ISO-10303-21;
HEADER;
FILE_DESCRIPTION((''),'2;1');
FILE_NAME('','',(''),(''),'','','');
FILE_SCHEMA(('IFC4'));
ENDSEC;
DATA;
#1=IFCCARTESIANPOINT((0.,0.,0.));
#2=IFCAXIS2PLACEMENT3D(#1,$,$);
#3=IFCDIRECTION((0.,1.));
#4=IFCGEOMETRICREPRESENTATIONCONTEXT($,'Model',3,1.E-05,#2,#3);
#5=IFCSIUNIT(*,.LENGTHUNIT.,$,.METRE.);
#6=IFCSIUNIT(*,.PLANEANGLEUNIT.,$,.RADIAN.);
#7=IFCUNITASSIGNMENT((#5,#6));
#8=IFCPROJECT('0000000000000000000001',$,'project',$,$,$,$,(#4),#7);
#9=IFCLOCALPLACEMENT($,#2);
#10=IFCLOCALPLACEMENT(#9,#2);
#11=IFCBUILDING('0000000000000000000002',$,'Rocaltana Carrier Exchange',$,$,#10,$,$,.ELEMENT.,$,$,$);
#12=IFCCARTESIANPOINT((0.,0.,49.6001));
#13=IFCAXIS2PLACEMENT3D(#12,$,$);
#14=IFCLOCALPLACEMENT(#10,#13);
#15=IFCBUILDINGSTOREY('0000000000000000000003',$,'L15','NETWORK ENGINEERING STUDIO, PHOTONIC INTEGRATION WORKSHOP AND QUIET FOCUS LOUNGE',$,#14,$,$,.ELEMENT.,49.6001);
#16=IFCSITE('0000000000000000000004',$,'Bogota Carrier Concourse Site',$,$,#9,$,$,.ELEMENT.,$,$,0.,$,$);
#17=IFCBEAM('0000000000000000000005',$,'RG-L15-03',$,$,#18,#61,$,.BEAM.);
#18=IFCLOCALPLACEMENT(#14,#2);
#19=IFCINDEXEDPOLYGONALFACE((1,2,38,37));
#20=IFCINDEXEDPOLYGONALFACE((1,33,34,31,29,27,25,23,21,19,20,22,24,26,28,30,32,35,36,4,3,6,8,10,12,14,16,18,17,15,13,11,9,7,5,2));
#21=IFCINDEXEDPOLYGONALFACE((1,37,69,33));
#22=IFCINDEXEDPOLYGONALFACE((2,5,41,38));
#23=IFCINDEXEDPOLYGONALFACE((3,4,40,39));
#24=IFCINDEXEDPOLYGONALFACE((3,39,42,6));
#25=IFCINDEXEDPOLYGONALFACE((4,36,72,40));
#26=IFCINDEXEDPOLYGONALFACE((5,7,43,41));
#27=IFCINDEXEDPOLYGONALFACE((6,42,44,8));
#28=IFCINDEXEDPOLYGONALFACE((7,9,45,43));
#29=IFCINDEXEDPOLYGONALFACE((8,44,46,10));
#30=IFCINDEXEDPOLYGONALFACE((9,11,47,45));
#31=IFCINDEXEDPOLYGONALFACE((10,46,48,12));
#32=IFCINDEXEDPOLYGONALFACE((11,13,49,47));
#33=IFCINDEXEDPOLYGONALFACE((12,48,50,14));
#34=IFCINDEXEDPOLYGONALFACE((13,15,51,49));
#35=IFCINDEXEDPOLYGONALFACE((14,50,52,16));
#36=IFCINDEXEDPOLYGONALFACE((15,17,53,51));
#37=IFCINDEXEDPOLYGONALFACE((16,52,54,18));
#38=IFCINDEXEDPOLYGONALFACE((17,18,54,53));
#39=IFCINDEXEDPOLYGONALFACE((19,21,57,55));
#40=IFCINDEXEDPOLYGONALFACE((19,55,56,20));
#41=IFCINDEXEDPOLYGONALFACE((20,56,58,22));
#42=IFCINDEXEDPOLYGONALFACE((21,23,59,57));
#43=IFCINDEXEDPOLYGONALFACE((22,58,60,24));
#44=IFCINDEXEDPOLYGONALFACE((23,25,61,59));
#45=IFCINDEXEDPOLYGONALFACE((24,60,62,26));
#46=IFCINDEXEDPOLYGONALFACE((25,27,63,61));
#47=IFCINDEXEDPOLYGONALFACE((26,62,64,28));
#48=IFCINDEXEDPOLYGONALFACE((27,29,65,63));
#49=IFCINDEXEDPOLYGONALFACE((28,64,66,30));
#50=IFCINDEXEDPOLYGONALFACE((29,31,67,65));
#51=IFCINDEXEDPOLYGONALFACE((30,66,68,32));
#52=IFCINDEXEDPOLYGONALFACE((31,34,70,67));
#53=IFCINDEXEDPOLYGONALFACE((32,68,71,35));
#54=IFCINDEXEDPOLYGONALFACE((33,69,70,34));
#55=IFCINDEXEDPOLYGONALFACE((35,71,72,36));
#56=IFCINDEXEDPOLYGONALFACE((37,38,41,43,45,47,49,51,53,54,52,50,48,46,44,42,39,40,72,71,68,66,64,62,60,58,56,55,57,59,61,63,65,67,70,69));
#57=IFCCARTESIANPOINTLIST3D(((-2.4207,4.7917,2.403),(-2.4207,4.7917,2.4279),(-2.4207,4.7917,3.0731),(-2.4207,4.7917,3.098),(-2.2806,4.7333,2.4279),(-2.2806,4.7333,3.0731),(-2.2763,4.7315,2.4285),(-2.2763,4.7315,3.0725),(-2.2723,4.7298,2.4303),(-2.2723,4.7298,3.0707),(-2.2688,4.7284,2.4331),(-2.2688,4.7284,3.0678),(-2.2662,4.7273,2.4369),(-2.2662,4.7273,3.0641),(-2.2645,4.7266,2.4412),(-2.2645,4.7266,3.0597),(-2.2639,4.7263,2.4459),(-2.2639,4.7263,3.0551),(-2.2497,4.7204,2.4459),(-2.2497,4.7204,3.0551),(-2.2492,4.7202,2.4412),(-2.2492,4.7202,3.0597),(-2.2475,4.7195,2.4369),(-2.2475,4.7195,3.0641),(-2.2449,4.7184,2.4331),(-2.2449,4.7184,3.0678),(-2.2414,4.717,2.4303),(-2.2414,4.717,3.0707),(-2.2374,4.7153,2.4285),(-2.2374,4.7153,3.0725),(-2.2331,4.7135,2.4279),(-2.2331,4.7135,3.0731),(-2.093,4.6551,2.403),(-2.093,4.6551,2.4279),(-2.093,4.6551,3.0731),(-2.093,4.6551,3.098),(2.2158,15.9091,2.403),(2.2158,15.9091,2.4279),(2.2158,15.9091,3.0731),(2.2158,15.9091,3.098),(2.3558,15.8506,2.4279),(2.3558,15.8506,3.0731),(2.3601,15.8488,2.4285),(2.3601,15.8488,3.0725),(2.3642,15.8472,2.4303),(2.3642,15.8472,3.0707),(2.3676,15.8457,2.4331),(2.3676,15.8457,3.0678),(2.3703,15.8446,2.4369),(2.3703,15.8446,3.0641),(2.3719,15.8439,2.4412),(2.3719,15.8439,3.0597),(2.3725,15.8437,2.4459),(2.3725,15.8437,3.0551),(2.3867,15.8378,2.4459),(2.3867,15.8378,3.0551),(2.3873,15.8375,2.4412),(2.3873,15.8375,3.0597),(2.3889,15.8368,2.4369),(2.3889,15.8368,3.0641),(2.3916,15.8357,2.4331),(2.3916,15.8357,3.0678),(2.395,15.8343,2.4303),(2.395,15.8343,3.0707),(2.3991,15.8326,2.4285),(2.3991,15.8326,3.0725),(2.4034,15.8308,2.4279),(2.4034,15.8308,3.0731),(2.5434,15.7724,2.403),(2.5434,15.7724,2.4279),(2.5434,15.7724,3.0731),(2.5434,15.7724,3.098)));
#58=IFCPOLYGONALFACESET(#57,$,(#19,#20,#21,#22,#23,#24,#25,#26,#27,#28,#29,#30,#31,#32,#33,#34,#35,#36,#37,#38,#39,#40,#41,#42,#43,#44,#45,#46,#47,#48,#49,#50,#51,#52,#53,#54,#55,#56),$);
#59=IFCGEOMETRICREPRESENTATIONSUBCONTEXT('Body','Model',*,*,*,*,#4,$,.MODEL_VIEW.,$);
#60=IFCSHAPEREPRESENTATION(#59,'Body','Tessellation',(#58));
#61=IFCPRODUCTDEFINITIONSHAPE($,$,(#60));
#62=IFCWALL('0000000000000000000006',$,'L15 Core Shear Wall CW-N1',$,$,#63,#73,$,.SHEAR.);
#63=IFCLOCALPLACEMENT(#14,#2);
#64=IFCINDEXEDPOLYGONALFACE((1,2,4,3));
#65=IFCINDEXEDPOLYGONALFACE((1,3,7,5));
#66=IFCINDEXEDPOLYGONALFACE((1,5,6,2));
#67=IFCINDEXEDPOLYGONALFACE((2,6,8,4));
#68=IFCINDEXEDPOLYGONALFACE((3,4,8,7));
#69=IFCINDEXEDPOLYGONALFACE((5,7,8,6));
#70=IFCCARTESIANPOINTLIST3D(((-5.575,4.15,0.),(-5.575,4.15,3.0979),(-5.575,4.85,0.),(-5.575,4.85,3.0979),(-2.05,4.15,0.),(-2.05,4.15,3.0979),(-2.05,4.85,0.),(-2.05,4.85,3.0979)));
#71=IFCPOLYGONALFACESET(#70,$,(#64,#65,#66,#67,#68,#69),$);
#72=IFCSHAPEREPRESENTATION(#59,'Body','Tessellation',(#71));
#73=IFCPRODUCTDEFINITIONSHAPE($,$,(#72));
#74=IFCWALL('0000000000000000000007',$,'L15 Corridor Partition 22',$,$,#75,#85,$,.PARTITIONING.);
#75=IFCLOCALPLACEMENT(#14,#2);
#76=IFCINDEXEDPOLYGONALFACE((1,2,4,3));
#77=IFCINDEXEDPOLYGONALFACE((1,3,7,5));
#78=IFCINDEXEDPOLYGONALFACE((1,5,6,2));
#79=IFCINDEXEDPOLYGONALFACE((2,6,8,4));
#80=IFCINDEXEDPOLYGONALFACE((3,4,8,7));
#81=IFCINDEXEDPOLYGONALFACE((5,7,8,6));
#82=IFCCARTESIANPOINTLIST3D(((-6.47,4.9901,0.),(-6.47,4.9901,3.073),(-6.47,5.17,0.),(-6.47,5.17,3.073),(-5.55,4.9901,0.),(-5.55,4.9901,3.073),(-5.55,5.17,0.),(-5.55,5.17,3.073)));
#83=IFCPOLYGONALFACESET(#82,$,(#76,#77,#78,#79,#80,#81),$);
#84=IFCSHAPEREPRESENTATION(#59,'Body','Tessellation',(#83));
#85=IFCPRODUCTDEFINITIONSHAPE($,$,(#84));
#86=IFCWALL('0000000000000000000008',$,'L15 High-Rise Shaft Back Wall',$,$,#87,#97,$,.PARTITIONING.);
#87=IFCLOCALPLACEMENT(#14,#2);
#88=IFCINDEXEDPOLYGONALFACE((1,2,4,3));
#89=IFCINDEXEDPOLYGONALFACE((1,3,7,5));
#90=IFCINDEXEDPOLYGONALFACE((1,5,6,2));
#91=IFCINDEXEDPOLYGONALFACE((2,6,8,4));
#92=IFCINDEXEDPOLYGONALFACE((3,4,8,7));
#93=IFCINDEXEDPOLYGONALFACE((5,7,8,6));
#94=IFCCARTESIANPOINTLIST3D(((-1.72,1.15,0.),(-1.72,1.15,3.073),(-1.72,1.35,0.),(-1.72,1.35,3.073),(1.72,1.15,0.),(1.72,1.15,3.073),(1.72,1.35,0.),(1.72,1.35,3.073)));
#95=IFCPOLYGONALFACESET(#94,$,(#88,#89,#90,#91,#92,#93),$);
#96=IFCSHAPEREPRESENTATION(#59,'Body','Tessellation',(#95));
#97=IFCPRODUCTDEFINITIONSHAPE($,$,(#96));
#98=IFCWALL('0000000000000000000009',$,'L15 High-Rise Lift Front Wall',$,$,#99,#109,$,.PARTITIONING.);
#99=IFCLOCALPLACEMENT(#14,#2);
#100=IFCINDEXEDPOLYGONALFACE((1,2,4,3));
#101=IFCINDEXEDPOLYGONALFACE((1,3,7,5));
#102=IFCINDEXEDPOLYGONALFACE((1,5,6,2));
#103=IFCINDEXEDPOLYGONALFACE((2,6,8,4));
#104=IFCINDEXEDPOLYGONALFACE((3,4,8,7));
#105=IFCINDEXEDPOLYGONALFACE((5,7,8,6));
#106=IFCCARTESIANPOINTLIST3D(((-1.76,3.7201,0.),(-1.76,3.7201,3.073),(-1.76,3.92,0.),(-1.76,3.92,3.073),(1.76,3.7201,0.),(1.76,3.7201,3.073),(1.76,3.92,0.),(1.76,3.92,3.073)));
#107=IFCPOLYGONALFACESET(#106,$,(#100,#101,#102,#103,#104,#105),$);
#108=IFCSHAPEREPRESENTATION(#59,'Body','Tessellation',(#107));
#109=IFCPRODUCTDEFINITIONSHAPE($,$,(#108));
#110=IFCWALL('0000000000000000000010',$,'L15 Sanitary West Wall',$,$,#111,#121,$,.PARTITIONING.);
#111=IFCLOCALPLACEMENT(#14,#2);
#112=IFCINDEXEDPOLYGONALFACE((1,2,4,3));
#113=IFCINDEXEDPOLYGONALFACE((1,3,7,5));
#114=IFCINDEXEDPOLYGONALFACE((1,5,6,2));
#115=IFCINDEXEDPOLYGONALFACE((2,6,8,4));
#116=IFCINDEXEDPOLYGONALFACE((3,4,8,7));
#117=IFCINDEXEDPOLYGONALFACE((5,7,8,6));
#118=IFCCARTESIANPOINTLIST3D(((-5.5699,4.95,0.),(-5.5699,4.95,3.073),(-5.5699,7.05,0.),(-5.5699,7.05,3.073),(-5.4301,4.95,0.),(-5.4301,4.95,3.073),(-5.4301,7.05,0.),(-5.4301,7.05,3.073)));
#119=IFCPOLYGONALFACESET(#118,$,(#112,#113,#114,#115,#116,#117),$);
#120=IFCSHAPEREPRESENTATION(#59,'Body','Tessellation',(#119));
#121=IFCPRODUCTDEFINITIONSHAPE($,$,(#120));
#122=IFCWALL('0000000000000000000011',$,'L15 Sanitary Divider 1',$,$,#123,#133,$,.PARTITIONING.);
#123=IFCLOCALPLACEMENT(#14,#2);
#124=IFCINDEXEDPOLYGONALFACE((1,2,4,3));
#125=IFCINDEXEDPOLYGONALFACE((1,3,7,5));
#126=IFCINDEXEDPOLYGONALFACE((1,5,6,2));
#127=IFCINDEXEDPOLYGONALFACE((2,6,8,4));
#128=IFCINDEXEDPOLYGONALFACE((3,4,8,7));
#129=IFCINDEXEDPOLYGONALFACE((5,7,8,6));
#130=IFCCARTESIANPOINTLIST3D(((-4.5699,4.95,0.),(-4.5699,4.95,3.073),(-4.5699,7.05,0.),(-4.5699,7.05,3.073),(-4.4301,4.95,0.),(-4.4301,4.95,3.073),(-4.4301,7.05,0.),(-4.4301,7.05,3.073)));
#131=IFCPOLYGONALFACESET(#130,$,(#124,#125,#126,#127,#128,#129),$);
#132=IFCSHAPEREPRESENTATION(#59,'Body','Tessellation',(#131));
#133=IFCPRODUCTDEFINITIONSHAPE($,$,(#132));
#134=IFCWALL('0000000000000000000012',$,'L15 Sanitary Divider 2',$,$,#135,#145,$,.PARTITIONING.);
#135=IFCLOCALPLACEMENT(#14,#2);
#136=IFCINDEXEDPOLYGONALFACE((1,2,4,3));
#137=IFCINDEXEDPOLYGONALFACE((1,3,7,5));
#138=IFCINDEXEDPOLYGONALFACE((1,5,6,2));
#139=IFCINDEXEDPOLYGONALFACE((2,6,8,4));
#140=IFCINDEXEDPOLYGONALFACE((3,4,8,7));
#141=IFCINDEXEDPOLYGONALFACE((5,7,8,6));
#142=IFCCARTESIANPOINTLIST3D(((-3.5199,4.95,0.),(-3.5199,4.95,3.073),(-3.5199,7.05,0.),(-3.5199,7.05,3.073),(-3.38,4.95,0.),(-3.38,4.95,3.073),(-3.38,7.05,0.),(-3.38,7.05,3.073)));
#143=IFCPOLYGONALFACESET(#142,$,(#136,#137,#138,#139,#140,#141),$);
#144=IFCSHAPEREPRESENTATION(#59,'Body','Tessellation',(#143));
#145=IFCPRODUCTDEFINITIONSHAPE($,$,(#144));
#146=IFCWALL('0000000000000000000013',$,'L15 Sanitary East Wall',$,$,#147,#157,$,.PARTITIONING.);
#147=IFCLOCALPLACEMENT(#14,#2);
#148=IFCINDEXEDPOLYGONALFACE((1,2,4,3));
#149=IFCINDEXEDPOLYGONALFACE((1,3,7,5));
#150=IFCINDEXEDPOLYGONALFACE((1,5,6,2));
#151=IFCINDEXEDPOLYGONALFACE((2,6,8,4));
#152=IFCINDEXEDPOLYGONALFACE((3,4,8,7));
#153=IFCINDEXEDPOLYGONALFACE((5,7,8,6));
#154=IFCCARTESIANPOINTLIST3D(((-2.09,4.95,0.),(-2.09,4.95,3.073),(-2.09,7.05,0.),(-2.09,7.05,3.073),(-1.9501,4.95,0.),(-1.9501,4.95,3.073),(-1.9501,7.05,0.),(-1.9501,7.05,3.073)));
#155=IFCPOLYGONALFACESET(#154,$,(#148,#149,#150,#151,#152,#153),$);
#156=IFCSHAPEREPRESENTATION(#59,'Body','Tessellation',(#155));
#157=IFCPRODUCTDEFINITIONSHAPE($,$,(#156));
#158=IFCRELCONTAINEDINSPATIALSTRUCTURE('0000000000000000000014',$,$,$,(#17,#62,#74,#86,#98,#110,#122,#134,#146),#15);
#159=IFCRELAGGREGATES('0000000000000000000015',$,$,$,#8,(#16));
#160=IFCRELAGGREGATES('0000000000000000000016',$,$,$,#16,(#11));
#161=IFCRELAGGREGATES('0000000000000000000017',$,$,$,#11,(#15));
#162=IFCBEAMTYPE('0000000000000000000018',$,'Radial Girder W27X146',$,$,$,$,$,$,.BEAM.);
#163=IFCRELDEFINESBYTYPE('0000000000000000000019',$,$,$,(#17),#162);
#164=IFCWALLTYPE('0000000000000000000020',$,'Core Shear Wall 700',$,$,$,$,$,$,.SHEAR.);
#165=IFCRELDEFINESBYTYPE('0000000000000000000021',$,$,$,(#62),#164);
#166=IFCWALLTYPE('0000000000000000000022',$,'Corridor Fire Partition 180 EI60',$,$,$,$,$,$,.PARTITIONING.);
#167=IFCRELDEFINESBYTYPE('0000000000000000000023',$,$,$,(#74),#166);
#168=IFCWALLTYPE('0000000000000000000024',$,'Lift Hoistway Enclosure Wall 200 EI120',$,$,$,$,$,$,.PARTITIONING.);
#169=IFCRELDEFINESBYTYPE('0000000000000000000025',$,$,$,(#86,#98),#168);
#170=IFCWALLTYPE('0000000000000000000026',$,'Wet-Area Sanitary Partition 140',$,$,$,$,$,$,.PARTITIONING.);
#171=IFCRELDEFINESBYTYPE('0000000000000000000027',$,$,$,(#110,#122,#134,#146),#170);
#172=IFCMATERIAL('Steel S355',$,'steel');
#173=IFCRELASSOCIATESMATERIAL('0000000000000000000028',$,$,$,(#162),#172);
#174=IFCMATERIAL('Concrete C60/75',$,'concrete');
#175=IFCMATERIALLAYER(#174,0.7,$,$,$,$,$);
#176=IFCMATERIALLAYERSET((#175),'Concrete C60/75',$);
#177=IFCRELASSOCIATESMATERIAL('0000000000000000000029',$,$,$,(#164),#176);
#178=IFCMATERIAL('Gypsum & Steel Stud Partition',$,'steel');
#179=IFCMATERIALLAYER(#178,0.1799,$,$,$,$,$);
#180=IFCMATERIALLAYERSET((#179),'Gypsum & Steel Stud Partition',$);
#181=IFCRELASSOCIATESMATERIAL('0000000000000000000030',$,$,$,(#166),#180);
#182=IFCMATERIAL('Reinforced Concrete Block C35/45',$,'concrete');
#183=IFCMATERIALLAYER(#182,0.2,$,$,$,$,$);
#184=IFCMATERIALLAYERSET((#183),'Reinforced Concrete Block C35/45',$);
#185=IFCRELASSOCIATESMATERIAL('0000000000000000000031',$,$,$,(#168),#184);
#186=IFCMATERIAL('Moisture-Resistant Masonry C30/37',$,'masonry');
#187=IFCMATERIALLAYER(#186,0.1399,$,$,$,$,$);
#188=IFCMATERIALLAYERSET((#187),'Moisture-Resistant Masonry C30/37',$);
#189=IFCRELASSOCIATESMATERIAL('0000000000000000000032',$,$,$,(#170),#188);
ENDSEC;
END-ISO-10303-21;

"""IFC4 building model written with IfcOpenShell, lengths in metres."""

from ifc_helpers import new_model, si_unit, direction, frame, frame_2d, origin, origin_2d, place, context, subcontext, project, spatial, rectangle, i_section, extrude, material, layer, layer_set, material_profile, profile_set, type_object, element, save


model = new_model("IFC4")

# Units and contexts
model_context = context("Model", 3, precision=1e-05, world=origin(), true_north=direction((0.0, 1.0)))
body_context = subcontext(model_context, "Body", "Model", "MODEL_VIEW")
ifc_project = project(units=[si_unit("LENGTHUNIT", "METRE"), si_unit("PLANEANGLEUNIT", "RADIAN")], contexts=[model_context])

# Site, building, storey
site_placement = place(None, origin())
site = spatial("IfcSite", under=ifc_project, at=site_placement, Name="Bogota Carrier Concourse Site", CompositionType="ELEMENT", RefElevation=0.0)
building_placement = place(site_placement, origin())
building = spatial("IfcBuilding", under=site, at=building_placement, Name="Rocaltana Carrier Exchange", CompositionType="ELEMENT")
storey_placement = place(building_placement, frame((0.0, 0.0, 49.6001)))
storey = spatial("IfcBuildingStorey", under=building, at=storey_placement, Name="L15", Description="NETWORK ENGINEERING STUDIO, PHOTONIC INTEGRATION WORKSHOP AND QUIET FOCUS LOUNGE", CompositionType="ELEMENT", Elevation=49.6001)

# Beam
ifc_material_1 = material(Name="Steel S355", Category="steel")
ifc_material_profile_1 = material_profile(ifc_material_1, i_section(OverallWidth=0.355, OverallDepth=0.6951, WebThickness=0.0154, FlangeThickness=0.0249, FilletRadius=0.0181, at=origin_2d()), Name="W27X146")
ifc_profile_set_1 = profile_set([ifc_material_profile_1], Name="Steel S355")
beam_type_1 = type_object("IfcBeamType", Name="Radial Girder W27X146", PredefinedType="BEAM", material=ifc_profile_set_1)
beam_1_placement = place(storey_placement, frame((-2.2568, 4.7234, 2.7505), z_axis=(0.384913, 0.922953, 0.0), x_axis=(-0.922953, 0.384913, 0.0)))
element("IfcBeam", 1, at=beam_1_placement, inside=storey, type_object=beam_type_1, Name="RG-L15-03", PredefinedType="BEAM", context=body_context, shape_type="SweptSolid", body=[
    extrude(i_section(OverallWidth=0.355, OverallDepth=0.6951, WebThickness=0.0154, FlangeThickness=0.0249, FilletRadius=0.0181, at=origin_2d()), origin(), (0.0, 0.0, 1.0), 12.0454),
])

# Walls
ifc_material_2 = material(Name="Concrete C60/75", Category="concrete")
ifc_layer_1 = layer(ifc_material_2, 0.7)
ifc_layer_set_1 = layer_set([ifc_layer_1], Name="Concrete C60/75")
wall_type_1 = type_object("IfcWallType", Name="Core Shear Wall 700", PredefinedType="SHEAR", material=ifc_layer_set_1)
wall_1_placement = place(storey_placement, frame((-5.575, 4.5, 0.0), z_axis=(0.0, 0.0, 1.0), x_axis=(1.0, 0.0, 0.0)))
element("IfcWall", 2, at=wall_1_placement, inside=storey, type_object=wall_type_1, Name="L15 Core Shear Wall CW-N1", PredefinedType="SHEAR", context=body_context, shape_type="SweptSolid", body=[
    extrude(rectangle(XDim=3.5249, YDim=0.7, at=frame_2d((1.7625, 0.0))), origin(), (0.0, 0.0, 1.0), 3.0979),
])
ifc_material_3 = material(Name="Gypsum & Steel Stud Partition", Category="steel")
ifc_layer_2 = layer(ifc_material_3, 0.1799)
ifc_layer_set_2 = layer_set([ifc_layer_2], Name="Gypsum & Steel Stud Partition")
wall_type_2 = type_object("IfcWallType", Name="Corridor Fire Partition 180 EI60", PredefinedType="PARTITIONING", material=ifc_layer_set_2)
wall_2_placement = place(storey_placement, frame((-5.55, 5.0801, 0.0), z_axis=(0.0, 0.0, 1.0), x_axis=(-1.0, 0.0, 0.0)))
element("IfcWall", 3, at=wall_2_placement, inside=storey, type_object=wall_type_2, Name="L15 Corridor Partition 22", PredefinedType="PARTITIONING", context=body_context, shape_type="SweptSolid", body=[
    extrude(rectangle(XDim=0.9199, YDim=0.1799, at=frame_2d((0.46, 0.0))), origin(), (0.0, 0.0, 1.0), 3.073),
])
ifc_material_4 = material(Name="Reinforced Concrete Block C35/45", Category="concrete")
ifc_layer_3 = layer(ifc_material_4, 0.2)
ifc_layer_set_3 = layer_set([ifc_layer_3], Name="Reinforced Concrete Block C35/45")
wall_type_3 = type_object("IfcWallType", Name="Lift Hoistway Enclosure Wall 200 EI120", PredefinedType="PARTITIONING", material=ifc_layer_set_3)
wall_3_placement = place(storey_placement, frame((-1.72, 1.25, 0.0), z_axis=(0.0, 0.0, 1.0), x_axis=(1.0, 0.0, 0.0)))
element("IfcWall", 4, at=wall_3_placement, inside=storey, type_object=wall_type_3, Name="L15 High-Rise Shaft Back Wall", PredefinedType="PARTITIONING", context=body_context, shape_type="SweptSolid", body=[
    extrude(rectangle(XDim=3.4399, YDim=0.2, at=frame_2d((1.72, 0.0))), origin(), (0.0, 0.0, 1.0), 3.073),
])
wall_4_placement = place(storey_placement, frame((-1.76, 3.8201, 0.0), z_axis=(0.0, 0.0, 1.0), x_axis=(1.0, 0.0, 0.0)))
element("IfcWall", 5, at=wall_4_placement, inside=storey, type_object=wall_type_3, Name="L15 High-Rise Lift Front Wall", PredefinedType="PARTITIONING", context=body_context, shape_type="SweptSolid", body=[
    extrude(rectangle(XDim=3.52, YDim=0.2, at=frame_2d((1.76, 0.0))), origin(), (0.0, 0.0, 1.0), 3.073),
])
ifc_material_5 = material(Name="Moisture-Resistant Masonry C30/37", Category="masonry")
ifc_layer_4 = layer(ifc_material_5, 0.1399)
ifc_layer_set_4 = layer_set([ifc_layer_4], Name="Moisture-Resistant Masonry C30/37")
wall_type_4 = type_object("IfcWallType", Name="Wet-Area Sanitary Partition 140", PredefinedType="PARTITIONING", material=ifc_layer_set_4)
for number, where, z_axis, x_axis, name in (
    (6, (-5.5, 4.95, 0.0), (0.0, 0.0, 1.0), (0.0, 1.0, 0.0), "L15 Sanitary West Wall"),
    (7, (-4.5, 4.95, 0.0), (0.0, 0.0, 1.0), (0.0, 1.0, 0.0), "L15 Sanitary Divider 1"),
    (8, (-3.45, 4.95, 0.0), (0.0, 0.0, 1.0), (0.0, 1.0, 0.0), "L15 Sanitary Divider 2"),
    (9, (-2.02, 4.95, 0.0), (0.0, 0.0, 1.0), (0.0, 1.0, 0.0), "L15 Sanitary East Wall"),
):
    element("IfcWall", number, at=place(storey_placement, frame(where, z_axis=z_axis, x_axis=x_axis)), inside=storey, type_object=wall_type_4, Name=name, PredefinedType="PARTITIONING", context=body_context, shape_type="SweptSolid", body=[
        extrude(rectangle(XDim=2.1001, YDim=0.1399, at=frame_2d((1.05, 0.0))), origin(), (0.0, 0.0, 1.0), 3.073),
    ])

save(model, "model.ifc")
